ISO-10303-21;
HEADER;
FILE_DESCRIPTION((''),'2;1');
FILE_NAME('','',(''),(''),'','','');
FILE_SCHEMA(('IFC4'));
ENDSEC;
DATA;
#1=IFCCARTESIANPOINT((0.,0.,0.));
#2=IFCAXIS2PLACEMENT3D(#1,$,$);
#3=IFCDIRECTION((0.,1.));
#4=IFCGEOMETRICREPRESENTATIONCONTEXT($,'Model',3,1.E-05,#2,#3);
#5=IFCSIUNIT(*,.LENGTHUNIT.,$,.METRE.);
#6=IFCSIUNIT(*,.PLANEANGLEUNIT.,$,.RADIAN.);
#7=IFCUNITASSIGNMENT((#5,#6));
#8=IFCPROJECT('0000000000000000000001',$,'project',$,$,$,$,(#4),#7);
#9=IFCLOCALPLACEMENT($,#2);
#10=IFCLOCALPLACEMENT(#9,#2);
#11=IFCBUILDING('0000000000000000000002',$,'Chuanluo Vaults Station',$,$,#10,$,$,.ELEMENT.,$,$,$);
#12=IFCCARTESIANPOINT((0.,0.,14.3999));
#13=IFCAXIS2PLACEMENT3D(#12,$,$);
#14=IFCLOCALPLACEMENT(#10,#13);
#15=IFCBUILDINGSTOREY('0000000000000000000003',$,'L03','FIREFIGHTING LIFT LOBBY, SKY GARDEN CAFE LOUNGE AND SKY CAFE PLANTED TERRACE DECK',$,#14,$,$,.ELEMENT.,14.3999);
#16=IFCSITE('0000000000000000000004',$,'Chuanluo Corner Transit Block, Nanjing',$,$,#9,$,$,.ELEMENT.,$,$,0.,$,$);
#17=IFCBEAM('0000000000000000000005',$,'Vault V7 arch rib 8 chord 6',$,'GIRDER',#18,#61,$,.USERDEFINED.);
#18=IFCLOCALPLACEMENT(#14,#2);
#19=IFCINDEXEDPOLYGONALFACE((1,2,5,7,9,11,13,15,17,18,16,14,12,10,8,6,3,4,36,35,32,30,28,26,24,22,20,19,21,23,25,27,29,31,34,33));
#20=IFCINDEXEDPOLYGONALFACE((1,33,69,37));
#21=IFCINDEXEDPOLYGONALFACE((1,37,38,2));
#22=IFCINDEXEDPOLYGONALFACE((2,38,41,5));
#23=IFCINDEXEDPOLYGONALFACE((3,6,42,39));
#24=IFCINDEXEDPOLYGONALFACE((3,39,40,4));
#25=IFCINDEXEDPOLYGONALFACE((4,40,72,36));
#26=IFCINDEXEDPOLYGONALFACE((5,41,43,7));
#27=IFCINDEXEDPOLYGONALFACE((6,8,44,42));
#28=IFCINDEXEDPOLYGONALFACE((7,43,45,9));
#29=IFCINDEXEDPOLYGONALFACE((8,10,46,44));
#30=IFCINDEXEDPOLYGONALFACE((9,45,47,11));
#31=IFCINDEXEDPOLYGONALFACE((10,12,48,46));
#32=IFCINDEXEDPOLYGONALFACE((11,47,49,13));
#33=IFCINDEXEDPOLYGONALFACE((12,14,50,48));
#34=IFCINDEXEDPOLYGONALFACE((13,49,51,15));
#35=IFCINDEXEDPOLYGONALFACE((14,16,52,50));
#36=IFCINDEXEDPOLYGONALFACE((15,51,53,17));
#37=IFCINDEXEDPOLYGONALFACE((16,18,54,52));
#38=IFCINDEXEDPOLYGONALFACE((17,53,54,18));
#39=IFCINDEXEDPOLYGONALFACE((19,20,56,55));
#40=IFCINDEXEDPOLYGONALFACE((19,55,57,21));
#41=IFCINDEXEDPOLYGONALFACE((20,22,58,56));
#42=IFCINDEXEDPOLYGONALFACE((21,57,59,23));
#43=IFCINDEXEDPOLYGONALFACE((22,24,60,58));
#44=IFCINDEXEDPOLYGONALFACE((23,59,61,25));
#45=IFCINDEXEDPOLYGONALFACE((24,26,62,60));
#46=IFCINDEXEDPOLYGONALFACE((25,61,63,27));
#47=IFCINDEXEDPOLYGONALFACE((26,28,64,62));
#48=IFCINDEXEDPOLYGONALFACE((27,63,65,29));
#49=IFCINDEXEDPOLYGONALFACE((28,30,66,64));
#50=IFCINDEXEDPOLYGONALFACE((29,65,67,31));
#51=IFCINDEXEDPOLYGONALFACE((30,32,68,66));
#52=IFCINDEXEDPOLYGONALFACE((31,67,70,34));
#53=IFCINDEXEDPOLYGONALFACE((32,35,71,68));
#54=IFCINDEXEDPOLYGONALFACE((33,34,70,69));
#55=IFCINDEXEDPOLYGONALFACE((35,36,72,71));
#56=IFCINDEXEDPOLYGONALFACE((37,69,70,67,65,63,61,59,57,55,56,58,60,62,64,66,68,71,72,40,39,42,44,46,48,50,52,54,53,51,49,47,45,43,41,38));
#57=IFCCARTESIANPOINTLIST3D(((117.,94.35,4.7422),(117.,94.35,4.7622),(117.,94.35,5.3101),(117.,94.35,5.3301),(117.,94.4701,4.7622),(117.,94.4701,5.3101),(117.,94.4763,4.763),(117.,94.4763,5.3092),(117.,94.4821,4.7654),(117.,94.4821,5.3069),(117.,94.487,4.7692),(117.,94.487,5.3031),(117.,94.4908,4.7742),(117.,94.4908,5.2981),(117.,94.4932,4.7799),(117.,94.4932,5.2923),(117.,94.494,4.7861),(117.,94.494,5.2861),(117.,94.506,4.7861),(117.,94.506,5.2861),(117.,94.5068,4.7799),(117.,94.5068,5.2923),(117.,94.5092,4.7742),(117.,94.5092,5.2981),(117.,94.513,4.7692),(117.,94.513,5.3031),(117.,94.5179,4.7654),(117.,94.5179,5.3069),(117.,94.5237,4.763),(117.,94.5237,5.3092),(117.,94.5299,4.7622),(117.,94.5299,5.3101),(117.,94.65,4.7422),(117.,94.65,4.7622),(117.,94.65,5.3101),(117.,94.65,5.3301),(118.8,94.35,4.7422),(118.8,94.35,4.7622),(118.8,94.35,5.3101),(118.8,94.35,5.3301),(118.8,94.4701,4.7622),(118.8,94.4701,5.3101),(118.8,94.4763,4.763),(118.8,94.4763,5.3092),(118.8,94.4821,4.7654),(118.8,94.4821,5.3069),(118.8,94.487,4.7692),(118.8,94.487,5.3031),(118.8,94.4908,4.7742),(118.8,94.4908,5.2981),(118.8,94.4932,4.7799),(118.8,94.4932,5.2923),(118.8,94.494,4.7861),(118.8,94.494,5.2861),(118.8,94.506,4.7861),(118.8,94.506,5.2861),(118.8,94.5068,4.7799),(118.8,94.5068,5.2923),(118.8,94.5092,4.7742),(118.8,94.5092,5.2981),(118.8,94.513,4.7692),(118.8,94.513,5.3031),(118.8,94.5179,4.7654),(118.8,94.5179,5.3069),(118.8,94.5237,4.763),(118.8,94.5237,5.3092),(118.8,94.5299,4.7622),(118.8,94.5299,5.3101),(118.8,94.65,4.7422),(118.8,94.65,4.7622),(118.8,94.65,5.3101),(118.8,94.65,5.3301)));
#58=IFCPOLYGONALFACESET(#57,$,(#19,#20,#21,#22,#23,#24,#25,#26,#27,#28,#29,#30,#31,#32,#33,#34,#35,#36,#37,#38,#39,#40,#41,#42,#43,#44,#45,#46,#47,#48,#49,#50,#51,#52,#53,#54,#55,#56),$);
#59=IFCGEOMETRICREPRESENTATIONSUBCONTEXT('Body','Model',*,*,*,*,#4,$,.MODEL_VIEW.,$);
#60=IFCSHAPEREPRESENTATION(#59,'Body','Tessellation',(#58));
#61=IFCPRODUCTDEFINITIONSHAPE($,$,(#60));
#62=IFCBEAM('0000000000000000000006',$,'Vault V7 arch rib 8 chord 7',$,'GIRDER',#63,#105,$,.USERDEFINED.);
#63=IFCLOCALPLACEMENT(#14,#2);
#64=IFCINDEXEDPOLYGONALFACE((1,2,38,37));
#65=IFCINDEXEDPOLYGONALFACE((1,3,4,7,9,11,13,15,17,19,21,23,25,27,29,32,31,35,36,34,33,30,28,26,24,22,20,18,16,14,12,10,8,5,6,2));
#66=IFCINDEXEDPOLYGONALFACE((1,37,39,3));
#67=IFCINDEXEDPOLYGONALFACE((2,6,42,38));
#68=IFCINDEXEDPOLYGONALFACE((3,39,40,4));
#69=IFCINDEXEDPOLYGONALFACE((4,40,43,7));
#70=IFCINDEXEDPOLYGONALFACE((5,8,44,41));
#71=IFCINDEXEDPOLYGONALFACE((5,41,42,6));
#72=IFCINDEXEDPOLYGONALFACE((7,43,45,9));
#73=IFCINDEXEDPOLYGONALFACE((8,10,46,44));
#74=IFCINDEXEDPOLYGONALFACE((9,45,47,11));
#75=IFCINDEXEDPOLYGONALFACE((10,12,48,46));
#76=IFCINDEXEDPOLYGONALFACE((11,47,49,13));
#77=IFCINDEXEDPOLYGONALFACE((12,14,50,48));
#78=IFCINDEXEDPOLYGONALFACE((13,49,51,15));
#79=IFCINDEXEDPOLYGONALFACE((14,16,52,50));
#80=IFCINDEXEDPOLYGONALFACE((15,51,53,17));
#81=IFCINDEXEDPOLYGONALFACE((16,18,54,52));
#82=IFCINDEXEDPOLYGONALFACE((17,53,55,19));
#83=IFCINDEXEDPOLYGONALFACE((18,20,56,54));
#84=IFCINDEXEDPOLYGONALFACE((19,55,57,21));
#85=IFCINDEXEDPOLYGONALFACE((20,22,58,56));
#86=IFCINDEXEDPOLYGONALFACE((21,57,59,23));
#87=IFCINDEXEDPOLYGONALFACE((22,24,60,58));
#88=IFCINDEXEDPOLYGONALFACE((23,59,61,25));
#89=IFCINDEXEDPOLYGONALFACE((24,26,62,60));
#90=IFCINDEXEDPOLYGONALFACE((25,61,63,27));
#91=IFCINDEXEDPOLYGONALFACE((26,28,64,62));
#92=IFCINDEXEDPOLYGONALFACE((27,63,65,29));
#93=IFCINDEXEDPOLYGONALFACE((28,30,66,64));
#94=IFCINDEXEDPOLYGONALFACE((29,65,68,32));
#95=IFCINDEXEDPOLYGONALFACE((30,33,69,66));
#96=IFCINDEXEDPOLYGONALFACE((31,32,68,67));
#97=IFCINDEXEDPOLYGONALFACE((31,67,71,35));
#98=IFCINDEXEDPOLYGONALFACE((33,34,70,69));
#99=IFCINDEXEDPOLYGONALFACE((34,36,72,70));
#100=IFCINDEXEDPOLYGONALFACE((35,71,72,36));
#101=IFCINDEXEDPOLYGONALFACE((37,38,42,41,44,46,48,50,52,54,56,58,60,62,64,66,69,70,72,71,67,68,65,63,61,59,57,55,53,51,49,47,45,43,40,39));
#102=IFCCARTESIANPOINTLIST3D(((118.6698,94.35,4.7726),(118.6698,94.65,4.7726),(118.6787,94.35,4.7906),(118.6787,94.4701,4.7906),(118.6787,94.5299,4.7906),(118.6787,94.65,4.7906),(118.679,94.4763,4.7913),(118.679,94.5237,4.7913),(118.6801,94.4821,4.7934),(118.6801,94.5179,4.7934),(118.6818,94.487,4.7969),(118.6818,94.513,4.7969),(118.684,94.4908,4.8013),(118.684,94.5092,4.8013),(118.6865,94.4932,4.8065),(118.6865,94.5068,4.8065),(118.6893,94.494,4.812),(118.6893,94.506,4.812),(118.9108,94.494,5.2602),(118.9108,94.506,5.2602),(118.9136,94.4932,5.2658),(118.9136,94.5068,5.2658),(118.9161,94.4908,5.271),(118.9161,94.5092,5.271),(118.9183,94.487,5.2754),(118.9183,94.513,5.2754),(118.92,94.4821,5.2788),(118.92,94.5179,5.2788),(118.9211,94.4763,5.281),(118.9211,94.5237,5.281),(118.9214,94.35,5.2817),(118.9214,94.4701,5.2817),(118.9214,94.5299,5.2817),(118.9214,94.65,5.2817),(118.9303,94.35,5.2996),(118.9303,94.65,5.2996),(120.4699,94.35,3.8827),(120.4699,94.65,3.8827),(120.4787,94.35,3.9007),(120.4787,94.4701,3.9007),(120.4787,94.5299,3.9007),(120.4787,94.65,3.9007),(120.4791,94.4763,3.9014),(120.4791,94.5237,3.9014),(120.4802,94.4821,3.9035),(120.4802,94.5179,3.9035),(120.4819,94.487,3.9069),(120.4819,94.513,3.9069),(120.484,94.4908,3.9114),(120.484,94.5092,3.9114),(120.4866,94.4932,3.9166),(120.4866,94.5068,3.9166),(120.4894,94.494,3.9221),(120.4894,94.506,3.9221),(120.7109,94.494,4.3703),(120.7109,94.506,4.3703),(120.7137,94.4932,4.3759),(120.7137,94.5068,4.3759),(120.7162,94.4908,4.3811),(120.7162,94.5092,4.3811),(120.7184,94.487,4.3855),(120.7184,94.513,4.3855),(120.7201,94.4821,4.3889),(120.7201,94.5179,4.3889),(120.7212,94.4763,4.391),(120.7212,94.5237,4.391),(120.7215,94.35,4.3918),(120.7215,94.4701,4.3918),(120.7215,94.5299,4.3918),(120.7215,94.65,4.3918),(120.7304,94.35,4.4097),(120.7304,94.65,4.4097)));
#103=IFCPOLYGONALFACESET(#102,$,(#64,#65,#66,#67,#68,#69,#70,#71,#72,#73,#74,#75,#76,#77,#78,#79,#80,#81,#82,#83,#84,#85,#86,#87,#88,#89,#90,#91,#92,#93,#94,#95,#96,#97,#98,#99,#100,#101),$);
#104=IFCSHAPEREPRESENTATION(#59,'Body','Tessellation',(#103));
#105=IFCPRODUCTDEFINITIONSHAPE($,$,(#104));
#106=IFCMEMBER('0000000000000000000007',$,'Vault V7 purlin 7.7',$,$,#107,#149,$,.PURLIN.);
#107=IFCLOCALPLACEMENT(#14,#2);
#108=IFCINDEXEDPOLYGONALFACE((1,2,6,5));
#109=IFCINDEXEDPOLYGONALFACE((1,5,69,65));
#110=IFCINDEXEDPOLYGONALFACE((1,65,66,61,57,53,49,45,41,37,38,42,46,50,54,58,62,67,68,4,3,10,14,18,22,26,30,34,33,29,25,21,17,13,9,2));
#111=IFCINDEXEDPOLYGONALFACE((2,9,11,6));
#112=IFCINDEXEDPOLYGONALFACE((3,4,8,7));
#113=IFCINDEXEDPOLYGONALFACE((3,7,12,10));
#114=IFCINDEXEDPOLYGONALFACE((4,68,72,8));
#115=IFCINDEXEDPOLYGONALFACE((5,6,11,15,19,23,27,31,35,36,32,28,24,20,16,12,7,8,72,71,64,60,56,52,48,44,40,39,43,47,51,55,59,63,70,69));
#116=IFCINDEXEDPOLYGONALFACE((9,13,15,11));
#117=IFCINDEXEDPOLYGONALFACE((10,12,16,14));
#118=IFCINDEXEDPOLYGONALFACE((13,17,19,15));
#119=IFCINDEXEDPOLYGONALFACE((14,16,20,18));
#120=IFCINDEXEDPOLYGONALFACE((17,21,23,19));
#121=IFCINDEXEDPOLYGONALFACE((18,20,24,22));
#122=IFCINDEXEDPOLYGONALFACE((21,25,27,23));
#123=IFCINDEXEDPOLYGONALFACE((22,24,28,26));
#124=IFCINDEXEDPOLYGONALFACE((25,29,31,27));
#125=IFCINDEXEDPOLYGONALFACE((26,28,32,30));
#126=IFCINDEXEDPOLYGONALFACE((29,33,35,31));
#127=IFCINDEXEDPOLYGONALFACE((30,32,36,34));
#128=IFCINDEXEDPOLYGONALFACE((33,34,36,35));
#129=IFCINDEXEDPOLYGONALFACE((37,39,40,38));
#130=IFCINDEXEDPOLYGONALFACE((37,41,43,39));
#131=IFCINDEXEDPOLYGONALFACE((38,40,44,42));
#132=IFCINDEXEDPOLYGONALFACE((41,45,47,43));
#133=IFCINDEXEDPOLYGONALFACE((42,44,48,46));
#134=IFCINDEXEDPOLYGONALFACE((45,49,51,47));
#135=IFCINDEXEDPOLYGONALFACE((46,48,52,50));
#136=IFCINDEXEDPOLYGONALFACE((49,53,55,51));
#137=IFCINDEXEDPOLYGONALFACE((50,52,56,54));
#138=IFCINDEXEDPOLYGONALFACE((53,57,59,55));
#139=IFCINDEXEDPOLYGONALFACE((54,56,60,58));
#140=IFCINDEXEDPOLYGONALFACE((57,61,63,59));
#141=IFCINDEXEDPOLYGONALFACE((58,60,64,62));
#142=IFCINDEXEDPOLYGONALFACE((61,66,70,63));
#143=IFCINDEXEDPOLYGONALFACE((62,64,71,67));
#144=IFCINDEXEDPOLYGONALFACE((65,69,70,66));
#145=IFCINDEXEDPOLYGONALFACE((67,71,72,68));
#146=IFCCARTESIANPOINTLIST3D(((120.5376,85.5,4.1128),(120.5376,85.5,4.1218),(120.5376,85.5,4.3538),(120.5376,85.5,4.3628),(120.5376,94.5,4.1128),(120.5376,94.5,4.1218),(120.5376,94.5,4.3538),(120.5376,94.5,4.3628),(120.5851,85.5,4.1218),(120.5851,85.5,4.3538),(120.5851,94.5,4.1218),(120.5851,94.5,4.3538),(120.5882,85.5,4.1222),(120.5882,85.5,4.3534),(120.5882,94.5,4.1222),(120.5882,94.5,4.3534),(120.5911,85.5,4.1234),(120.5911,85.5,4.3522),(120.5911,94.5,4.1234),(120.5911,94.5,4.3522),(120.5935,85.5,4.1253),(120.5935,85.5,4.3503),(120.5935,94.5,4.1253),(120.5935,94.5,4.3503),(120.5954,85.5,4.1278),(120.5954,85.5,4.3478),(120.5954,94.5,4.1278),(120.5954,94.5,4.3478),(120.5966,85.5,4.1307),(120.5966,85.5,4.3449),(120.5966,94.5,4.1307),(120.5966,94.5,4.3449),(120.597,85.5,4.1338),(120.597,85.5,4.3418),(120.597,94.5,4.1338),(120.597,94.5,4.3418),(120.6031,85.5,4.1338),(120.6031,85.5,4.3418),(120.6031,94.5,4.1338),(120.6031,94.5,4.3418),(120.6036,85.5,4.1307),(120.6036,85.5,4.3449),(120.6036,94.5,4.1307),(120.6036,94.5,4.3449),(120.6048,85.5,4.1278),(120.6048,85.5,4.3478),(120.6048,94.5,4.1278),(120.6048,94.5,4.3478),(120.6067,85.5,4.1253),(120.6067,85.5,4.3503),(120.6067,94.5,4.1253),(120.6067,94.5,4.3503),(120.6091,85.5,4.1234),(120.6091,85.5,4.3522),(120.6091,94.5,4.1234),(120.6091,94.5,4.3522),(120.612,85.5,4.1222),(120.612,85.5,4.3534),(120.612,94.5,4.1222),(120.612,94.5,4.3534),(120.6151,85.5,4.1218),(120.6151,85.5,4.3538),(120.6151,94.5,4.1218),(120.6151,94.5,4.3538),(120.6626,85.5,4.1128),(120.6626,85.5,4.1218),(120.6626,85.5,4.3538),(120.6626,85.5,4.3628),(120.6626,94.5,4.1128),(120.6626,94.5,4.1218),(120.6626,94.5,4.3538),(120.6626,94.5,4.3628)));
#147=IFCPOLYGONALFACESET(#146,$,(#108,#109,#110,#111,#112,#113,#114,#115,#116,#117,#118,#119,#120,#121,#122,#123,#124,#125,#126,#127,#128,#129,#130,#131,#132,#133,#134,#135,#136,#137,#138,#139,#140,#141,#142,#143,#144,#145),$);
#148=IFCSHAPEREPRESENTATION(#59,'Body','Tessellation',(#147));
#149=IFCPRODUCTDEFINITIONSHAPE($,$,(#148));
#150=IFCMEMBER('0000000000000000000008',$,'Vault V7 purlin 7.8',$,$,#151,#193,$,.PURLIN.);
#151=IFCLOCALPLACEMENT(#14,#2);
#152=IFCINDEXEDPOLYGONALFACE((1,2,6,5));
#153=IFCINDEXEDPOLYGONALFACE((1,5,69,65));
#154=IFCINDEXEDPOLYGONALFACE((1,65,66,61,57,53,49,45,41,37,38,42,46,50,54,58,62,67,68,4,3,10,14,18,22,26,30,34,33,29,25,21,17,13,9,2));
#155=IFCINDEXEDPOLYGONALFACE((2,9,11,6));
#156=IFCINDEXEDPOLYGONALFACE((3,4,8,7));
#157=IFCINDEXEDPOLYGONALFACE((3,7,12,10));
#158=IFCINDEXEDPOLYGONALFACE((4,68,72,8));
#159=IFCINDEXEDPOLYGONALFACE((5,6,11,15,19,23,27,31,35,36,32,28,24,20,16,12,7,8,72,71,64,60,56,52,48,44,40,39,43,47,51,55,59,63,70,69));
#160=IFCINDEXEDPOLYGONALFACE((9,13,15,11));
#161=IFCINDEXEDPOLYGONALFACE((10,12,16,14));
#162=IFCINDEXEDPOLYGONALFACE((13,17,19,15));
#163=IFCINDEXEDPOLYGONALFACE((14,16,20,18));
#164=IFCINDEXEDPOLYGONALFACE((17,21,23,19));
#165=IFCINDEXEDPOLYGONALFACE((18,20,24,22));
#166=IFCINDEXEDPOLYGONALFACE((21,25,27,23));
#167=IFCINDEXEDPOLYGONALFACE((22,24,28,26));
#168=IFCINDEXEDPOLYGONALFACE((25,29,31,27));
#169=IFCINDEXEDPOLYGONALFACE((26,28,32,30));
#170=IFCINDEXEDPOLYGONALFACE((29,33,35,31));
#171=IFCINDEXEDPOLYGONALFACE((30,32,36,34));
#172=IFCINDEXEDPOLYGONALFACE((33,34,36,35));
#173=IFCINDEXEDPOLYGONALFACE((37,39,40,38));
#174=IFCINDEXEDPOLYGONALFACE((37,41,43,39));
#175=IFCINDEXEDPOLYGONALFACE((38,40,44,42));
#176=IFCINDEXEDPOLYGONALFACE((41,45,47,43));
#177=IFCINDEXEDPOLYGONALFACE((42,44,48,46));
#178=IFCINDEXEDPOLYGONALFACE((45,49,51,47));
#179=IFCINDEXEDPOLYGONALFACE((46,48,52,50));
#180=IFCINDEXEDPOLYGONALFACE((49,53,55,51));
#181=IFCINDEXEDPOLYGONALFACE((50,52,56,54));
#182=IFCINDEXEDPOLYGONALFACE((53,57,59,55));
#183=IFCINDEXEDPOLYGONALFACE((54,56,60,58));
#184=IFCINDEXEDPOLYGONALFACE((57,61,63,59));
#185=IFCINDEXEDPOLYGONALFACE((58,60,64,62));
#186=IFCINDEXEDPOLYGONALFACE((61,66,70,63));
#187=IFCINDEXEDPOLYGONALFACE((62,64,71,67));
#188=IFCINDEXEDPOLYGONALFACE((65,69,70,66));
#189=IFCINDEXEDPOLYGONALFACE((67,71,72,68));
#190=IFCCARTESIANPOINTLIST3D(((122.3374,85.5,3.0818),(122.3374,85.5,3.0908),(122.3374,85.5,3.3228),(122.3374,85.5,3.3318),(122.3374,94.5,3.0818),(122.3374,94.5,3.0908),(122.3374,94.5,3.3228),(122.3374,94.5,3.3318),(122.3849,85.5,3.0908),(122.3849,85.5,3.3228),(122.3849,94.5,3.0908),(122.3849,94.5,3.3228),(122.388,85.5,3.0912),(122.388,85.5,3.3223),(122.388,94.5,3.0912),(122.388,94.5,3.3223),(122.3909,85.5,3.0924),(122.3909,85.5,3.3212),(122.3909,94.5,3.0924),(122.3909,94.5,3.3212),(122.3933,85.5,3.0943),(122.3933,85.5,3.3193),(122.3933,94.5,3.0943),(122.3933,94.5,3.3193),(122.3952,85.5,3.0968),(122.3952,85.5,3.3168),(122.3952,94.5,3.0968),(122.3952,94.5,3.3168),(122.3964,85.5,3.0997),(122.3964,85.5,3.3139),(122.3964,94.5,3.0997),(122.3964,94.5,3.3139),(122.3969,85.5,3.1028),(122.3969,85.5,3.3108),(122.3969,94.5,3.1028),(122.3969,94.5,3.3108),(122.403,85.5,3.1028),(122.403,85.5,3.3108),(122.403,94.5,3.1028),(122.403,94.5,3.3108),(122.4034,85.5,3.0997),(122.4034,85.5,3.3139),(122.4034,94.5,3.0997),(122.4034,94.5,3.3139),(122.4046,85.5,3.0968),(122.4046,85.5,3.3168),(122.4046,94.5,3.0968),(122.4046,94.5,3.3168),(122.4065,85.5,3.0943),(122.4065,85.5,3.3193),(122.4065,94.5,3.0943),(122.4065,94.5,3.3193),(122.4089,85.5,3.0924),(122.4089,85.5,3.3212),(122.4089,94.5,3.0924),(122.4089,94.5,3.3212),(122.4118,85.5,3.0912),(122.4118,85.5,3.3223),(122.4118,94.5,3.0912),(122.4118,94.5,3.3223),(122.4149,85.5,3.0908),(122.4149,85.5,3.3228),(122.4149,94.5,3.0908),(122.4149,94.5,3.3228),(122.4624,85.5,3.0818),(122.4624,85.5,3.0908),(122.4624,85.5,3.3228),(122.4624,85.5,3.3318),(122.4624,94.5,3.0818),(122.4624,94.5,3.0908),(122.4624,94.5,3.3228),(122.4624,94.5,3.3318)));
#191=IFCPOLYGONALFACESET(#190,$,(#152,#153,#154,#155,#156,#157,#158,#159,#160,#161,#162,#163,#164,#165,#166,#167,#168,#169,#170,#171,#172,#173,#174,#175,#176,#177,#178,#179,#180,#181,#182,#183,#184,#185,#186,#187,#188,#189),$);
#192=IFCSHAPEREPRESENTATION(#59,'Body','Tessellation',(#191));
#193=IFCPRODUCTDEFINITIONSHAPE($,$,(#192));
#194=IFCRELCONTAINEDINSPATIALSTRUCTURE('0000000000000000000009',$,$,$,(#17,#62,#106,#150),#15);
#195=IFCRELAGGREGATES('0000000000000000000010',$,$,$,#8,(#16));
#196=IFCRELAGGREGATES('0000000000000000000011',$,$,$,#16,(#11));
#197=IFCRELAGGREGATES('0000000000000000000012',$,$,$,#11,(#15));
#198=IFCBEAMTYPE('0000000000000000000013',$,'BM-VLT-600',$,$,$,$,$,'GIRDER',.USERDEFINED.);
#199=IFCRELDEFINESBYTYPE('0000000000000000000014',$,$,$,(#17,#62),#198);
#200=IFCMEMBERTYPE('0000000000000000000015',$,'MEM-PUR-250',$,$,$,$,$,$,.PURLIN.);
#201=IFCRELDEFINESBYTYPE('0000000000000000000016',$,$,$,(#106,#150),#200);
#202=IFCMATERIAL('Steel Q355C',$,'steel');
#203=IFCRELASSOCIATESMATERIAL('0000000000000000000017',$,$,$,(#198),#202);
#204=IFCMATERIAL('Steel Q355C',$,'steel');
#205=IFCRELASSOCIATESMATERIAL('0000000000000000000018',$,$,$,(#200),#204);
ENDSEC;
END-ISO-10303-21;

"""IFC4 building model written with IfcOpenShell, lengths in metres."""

from ifc_helpers import new_model, si_unit, direction, frame, origin, origin_2d, place, context, subcontext, project, spatial, i_section, extrude, material, material_profile, profile_set, type_object, element, save


model = new_model("IFC4")

# Units and contexts
model_context = context("Model", 3, precision=1e-05, world=origin(), true_north=direction((0.0, 1.0)))
body_context = subcontext(model_context, "Body", "Model", "MODEL_VIEW")
ifc_project = project(units=[si_unit("LENGTHUNIT", "METRE"), si_unit("PLANEANGLEUNIT", "RADIAN")], contexts=[model_context])

# Site, building, storey
site_placement = place(None, origin())
site = spatial("IfcSite", under=ifc_project, at=site_placement, Name="Chuanluo Corner Transit Block, Nanjing", CompositionType="ELEMENT", RefElevation=0.0)
building_placement = place(site_placement, origin())
building = spatial("IfcBuilding", under=site, at=building_placement, Name="Chuanluo Vaults Station", CompositionType="ELEMENT")
storey_placement = place(building_placement, frame((0.0, 0.0, 14.3999)))
storey = spatial("IfcBuildingStorey", under=building, at=storey_placement, Name="L03", Description="FIREFIGHTING LIFT LOBBY, SKY GARDEN CAFE LOUNGE AND SKY CAFE PLANTED TERRACE DECK", CompositionType="ELEMENT", Elevation=14.3999)

# Beams
ifc_material_1 = material(Name="Steel Q355C", Category="steel")
ifc_material_profile_1 = material_profile(ifc_material_1, i_section(OverallWidth=0.3, OverallDepth=0.5879, WebThickness=0.012, FlangeThickness=0.02, FilletRadius=0.0239, at=origin_2d()))
ifc_profile_set_1 = profile_set([ifc_material_profile_1], Name="Steel Q355C")
beam_type_1 = type_object("IfcBeamType", Name="BM-VLT-600", ElementType="GIRDER", PredefinedType="USERDEFINED", material=ifc_profile_set_1)
for number, where, z_axis, x_axis, name in (
    (1, (117.0, 94.5, 5.0361), (1.0, 0.0, 0.0), (0.0, 1.0, 0.0), "Vault V7 arch rib 8 chord 6"),
):
    element("IfcBeam", number, at=place(storey_placement, frame(where, z_axis=z_axis, x_axis=x_axis)), inside=storey, type_object=beam_type_1, Name=name, ObjectType="GIRDER", PredefinedType="USERDEFINED", context=body_context, shape_type="SweptSolid", body=[
        extrude(i_section(OverallWidth=0.3, OverallDepth=0.5879, WebThickness=0.012, FlangeThickness=0.02, FilletRadius=0.0239, at=origin_2d()), origin(), (0.0, 0.0, 1.0), 1.8),
    ])
beam_1_placement = place(storey_placement, frame((118.8, 94.5, 5.0361), z_axis=(0.896436, 0.0, -0.443172), x_axis=(0.0, 1.0, 0.0)))
element("IfcBeam", 2, at=beam_1_placement, inside=storey, type_object=beam_type_1, Name="Vault V7 arch rib 8 chord 7", ObjectType="GIRDER", PredefinedType="USERDEFINED", context=body_context, shape_type="SweptSolid", body=[
    extrude(i_section(OverallWidth=0.3, OverallDepth=0.5879, WebThickness=0.012, FlangeThickness=0.02, FilletRadius=0.0239, at=origin_2d()), origin(), (0.0, 0.0, 1.0), 2.0081),
])

# Members
ifc_material_2 = material(Name="Steel Q355C", Category="steel")
ifc_material_profile_2 = material_profile(ifc_material_2, i_section(OverallWidth=0.125, OverallDepth=0.25, WebThickness=0.0061, FlangeThickness=0.009, FilletRadius=0.012, at=origin_2d()))
ifc_profile_set_2 = profile_set([ifc_material_profile_2], Name="Steel Q355C")
member_type_1 = type_object("IfcMemberType", Name="MEM-PUR-250", PredefinedType="PURLIN", material=ifc_profile_set_2)
for number, where, z_axis, x_axis, name in (
    (3, (120.6001, 85.5, 4.2378), (0.0, 1.0, 0.0), (-1.0, 0.0, 0.0), "Vault V7 purlin 7.7"),
    (4, (122.3999, 85.5, 3.2068), (0.0, 1.0, 0.0), (-1.0, 0.0, 0.0), "Vault V7 purlin 7.8"),
):
    element("IfcMember", number, at=place(storey_placement, frame(where, z_axis=z_axis, x_axis=x_axis)), inside=storey, type_object=member_type_1, Name=name, PredefinedType="PURLIN", context=body_context, shape_type="SweptSolid", body=[
        extrude(i_section(OverallWidth=0.125, OverallDepth=0.25, WebThickness=0.0061, FlangeThickness=0.009, FilletRadius=0.012, at=origin_2d()), origin(), (0.0, 0.0, 1.0), 9.0),
    ])

save(model, "model.ifc")
